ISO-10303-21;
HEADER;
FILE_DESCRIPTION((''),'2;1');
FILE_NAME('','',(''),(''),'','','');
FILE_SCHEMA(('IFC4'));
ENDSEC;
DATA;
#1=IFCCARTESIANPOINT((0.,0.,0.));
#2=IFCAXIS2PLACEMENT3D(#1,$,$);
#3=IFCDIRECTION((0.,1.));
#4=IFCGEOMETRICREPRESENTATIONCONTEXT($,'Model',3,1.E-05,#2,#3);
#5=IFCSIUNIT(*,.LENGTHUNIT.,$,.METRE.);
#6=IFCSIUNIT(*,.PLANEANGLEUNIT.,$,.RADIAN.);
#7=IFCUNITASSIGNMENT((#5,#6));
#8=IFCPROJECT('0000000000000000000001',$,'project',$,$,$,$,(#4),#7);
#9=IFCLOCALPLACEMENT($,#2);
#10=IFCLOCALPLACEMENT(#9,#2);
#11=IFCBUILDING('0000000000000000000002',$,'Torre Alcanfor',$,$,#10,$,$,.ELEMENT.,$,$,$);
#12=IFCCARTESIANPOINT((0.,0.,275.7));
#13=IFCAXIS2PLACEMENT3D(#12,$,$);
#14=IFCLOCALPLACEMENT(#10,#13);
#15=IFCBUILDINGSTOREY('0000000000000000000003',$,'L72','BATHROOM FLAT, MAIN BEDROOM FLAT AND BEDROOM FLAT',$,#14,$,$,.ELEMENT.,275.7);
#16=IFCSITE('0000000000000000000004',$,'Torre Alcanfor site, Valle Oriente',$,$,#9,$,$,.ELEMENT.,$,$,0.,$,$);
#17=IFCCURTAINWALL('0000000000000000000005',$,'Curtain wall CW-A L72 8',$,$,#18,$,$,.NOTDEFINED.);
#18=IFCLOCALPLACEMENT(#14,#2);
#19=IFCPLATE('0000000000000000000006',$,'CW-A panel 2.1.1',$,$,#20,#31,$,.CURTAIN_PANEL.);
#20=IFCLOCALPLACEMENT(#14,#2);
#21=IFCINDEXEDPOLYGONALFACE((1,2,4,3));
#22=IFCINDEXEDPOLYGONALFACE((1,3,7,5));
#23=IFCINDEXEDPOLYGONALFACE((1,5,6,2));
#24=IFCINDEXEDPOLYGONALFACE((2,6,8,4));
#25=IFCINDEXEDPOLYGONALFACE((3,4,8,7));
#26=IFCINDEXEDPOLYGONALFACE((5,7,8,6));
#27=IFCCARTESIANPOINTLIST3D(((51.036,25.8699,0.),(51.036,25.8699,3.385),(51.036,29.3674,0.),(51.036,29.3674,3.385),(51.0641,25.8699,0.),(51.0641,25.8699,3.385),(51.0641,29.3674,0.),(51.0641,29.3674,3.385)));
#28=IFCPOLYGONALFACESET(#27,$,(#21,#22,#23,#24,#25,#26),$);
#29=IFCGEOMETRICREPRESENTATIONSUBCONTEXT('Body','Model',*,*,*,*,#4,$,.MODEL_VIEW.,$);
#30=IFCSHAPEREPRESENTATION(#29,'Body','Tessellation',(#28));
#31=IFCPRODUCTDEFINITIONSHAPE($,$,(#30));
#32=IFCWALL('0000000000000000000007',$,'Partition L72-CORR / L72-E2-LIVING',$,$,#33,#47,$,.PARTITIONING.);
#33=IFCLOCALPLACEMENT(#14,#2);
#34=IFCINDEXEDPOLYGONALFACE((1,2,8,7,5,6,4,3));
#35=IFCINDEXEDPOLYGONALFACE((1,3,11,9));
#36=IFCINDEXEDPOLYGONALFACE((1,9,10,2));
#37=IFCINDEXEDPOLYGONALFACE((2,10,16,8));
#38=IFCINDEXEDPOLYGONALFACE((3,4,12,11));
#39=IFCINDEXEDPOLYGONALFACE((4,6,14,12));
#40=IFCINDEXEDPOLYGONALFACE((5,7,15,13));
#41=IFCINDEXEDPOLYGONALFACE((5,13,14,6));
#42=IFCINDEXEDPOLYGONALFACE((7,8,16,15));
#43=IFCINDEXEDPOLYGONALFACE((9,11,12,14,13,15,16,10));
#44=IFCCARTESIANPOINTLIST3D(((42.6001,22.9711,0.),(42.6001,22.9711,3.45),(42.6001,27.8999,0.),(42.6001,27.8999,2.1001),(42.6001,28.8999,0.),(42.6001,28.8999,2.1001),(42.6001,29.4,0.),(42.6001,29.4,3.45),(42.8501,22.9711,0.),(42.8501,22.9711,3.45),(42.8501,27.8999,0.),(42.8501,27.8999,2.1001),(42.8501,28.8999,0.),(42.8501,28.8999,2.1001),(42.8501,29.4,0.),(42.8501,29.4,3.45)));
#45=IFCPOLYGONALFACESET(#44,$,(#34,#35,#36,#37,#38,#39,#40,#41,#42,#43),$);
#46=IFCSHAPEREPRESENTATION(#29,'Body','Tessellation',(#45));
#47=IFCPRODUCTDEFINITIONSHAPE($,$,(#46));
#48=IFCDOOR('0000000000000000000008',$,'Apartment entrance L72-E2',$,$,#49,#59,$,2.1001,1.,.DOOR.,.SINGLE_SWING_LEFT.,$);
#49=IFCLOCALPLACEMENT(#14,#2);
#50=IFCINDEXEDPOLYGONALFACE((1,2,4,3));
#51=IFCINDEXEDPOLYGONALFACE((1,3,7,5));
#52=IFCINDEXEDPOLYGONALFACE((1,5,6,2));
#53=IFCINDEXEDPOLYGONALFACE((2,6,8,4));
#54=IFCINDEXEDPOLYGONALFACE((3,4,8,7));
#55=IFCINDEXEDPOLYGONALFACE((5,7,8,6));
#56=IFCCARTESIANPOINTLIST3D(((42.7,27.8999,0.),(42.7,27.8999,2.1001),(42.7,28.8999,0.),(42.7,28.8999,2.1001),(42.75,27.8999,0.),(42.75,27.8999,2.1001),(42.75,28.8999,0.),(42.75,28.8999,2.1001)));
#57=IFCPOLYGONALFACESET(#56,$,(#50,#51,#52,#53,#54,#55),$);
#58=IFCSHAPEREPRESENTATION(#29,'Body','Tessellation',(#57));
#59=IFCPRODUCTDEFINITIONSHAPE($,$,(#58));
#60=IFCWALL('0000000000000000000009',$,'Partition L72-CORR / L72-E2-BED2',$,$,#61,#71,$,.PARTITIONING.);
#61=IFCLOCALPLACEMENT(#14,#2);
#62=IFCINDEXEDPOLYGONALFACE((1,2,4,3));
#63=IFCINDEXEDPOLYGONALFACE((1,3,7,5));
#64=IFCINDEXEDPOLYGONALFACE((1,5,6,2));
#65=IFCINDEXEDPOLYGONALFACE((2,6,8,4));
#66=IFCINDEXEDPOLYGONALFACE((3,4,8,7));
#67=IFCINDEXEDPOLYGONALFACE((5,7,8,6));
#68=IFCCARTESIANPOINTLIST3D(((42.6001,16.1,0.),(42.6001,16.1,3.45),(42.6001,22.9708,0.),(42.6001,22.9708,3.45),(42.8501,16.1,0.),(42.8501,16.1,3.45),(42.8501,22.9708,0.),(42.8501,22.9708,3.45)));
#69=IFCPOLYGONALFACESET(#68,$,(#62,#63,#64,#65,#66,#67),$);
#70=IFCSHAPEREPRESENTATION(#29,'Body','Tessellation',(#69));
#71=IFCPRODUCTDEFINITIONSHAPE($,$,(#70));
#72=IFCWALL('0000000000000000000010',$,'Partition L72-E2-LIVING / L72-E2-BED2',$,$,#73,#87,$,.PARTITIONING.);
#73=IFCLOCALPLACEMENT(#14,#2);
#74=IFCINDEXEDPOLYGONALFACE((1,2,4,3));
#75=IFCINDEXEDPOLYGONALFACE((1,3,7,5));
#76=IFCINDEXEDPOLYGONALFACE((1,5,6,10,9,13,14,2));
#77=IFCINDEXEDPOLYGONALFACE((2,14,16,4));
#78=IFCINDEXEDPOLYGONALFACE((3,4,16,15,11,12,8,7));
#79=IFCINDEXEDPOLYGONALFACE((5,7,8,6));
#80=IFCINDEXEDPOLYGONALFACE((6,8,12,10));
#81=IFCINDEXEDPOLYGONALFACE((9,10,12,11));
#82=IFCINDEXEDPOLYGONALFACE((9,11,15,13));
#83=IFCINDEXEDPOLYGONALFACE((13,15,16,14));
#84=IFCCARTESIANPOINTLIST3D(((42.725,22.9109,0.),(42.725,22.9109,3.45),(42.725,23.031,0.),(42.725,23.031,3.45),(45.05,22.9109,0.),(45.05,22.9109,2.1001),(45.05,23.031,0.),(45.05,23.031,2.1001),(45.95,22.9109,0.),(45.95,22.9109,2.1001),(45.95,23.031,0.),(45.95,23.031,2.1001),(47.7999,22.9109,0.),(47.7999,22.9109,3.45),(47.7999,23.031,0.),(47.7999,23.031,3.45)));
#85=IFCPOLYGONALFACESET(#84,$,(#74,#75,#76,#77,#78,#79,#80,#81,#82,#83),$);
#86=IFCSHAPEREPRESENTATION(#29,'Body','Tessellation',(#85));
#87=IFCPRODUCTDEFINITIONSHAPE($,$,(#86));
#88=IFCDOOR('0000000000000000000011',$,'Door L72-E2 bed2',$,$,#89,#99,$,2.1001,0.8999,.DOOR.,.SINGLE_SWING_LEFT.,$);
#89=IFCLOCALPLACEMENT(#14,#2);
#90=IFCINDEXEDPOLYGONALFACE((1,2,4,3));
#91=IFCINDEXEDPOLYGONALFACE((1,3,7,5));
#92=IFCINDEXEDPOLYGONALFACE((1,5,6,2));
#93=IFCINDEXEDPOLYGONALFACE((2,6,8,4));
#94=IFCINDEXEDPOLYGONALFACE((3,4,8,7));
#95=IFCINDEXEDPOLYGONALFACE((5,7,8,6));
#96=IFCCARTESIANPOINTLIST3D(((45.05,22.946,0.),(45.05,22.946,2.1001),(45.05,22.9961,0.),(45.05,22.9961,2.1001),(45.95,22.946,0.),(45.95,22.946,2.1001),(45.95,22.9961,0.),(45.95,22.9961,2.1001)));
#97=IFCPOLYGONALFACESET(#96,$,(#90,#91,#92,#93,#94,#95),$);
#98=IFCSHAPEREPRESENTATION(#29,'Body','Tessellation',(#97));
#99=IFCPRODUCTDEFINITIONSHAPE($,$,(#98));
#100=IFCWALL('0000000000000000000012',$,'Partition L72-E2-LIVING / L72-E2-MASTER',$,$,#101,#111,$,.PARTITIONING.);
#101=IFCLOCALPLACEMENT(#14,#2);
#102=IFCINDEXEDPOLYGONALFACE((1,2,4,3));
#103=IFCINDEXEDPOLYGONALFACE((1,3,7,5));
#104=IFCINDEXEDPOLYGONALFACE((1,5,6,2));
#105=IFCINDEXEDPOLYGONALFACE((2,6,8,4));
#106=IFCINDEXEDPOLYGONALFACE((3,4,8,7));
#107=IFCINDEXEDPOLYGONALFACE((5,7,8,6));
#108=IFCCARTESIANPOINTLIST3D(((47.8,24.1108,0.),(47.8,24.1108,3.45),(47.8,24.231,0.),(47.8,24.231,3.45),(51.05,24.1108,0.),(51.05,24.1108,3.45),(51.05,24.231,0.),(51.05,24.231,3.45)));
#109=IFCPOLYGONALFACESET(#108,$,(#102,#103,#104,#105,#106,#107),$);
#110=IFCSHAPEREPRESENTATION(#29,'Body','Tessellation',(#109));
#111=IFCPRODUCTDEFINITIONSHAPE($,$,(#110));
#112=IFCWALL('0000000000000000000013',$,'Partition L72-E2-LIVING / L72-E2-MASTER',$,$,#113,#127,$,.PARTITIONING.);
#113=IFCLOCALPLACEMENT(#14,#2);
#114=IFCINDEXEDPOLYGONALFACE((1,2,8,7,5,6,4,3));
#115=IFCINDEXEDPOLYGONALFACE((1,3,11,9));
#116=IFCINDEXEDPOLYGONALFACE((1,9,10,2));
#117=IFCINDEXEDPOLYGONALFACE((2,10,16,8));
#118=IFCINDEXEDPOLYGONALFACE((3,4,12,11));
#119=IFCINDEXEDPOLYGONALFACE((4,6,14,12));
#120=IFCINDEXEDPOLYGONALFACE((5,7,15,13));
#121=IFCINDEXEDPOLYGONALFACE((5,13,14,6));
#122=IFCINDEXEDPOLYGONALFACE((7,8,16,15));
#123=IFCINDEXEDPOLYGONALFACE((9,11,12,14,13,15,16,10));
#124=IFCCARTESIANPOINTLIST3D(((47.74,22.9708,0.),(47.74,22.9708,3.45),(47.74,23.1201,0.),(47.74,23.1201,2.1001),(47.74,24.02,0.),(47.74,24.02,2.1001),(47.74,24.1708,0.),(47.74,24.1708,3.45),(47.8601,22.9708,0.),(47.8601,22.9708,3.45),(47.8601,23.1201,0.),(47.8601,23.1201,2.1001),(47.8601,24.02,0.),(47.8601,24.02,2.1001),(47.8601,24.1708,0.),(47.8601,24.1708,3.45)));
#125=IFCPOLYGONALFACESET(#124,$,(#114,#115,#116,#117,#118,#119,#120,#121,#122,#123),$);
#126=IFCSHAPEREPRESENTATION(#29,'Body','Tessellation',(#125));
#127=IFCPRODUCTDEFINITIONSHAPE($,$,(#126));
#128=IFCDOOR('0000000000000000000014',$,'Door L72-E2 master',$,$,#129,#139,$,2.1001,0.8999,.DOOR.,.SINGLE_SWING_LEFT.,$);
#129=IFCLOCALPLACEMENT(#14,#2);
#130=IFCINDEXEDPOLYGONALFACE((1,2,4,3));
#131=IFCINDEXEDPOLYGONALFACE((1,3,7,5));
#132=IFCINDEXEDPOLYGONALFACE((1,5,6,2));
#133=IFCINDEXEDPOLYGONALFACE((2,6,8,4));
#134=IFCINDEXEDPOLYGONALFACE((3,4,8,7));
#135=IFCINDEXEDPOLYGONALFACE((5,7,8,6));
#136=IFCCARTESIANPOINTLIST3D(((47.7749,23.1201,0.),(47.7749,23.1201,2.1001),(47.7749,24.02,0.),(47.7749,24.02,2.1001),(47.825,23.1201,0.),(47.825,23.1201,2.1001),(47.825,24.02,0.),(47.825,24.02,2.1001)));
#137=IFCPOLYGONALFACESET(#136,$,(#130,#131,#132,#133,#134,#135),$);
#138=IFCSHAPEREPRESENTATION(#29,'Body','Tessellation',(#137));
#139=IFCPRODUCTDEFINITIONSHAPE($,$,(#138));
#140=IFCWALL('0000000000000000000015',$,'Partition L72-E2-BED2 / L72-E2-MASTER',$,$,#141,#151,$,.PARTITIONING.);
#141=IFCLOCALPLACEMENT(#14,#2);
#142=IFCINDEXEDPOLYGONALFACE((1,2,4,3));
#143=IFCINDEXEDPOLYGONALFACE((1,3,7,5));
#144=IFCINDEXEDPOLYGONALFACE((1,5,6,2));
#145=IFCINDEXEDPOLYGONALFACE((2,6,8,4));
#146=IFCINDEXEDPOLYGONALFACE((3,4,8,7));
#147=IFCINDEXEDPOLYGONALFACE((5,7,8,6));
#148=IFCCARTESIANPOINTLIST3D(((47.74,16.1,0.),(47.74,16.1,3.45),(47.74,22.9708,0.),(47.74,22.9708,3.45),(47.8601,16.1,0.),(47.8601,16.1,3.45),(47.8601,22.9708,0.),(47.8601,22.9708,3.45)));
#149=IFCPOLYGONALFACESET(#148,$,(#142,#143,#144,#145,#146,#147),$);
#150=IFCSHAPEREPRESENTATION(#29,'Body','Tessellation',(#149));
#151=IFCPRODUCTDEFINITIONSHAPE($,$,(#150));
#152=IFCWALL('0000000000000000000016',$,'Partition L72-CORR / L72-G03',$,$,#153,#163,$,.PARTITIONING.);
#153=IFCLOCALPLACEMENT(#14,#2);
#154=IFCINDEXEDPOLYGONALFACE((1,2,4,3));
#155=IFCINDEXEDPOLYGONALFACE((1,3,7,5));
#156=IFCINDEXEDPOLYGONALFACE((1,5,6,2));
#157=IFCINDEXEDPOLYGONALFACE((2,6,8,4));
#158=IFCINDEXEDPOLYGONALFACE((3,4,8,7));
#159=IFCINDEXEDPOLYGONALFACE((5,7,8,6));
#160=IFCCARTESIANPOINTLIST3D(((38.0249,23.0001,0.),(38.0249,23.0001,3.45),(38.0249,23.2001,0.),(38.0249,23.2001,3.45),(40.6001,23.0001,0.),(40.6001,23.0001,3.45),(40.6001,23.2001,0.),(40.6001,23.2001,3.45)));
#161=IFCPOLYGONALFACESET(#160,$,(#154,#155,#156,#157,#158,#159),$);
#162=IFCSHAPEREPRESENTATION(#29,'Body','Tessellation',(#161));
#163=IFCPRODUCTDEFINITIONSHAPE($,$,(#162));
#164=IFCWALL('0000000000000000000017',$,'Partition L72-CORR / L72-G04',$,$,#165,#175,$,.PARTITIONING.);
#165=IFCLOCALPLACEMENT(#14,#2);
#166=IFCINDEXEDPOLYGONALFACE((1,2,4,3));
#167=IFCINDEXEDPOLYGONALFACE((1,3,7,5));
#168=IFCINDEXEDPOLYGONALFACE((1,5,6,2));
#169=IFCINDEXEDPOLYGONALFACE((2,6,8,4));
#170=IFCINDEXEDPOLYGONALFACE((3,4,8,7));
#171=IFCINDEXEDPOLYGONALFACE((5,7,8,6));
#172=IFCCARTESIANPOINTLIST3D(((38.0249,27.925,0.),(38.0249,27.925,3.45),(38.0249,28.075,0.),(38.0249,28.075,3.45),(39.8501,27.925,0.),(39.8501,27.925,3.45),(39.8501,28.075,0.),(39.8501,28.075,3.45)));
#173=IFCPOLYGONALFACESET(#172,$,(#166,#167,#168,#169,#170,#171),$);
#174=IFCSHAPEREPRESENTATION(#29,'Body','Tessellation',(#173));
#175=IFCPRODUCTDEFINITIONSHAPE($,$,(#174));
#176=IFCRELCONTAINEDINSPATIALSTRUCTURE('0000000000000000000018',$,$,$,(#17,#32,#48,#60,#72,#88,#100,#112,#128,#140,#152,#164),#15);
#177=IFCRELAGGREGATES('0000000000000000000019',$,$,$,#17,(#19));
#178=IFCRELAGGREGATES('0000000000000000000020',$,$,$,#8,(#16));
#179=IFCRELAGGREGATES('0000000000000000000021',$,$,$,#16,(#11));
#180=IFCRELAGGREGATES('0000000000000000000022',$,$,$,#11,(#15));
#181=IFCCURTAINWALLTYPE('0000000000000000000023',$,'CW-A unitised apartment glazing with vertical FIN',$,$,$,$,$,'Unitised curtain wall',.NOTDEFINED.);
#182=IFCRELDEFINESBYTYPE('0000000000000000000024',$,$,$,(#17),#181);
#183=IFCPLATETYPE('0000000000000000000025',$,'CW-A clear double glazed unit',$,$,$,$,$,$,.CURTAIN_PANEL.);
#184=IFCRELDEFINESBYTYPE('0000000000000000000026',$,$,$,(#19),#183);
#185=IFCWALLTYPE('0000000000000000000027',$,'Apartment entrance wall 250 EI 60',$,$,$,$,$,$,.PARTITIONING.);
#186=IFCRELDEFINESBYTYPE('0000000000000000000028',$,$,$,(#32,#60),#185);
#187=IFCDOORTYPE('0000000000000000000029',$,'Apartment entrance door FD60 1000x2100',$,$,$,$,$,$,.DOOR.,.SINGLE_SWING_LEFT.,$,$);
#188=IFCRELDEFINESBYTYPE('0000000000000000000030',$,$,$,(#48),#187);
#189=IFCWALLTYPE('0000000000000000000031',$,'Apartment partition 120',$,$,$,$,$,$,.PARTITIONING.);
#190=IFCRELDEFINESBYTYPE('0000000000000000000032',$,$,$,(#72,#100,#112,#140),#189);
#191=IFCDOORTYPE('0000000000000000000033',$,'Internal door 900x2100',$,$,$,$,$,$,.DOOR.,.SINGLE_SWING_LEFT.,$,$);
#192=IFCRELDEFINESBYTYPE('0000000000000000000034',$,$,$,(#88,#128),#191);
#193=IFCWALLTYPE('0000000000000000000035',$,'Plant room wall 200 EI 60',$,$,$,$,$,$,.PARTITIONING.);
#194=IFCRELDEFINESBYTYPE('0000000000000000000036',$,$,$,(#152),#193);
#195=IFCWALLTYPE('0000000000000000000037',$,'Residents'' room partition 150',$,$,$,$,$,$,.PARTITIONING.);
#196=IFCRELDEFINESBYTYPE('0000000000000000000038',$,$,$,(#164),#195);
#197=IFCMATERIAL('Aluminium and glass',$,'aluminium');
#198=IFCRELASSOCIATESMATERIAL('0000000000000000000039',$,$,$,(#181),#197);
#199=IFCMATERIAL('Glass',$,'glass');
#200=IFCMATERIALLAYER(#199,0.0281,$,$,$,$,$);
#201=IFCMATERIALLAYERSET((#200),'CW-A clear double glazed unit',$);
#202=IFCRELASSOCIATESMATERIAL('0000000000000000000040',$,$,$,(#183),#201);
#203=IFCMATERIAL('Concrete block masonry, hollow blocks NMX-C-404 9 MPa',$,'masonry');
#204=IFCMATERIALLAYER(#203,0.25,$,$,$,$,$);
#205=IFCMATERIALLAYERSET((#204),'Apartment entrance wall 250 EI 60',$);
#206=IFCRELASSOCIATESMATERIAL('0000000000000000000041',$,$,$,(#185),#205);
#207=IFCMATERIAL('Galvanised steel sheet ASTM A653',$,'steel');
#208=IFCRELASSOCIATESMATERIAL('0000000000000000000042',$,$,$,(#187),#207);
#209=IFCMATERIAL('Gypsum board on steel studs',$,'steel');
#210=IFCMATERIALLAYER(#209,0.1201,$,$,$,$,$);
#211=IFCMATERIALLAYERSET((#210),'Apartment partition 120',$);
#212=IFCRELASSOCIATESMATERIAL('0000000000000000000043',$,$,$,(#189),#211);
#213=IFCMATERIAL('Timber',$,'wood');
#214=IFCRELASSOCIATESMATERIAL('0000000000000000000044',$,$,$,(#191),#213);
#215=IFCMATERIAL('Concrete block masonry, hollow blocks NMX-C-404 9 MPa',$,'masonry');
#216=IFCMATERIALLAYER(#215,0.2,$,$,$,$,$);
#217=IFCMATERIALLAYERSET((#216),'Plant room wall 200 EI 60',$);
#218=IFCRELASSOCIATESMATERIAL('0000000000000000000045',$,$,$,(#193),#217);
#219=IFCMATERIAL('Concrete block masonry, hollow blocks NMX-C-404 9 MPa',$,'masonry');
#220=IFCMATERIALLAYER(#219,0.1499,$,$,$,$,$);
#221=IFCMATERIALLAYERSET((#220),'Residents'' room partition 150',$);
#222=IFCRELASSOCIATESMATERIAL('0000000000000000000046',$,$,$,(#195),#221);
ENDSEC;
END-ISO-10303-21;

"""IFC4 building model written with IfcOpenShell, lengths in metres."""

from ifc_helpers import new_model, si_unit, direction, frame, frame_2d, origin, origin_2d, place, context, subcontext, project, spatial, rectangle, extrude, material, layer, layer_set, type_object, element, fill, aggregate, save


model = new_model("IFC4")

# Units and contexts
model_context = context("Model", 3, precision=1e-05, world=origin(), true_north=direction((0.0, 1.0)))
body_context = subcontext(model_context, "Body", "Model", "MODEL_VIEW")
ifc_project = project(units=[si_unit("LENGTHUNIT", "METRE"), si_unit("PLANEANGLEUNIT", "RADIAN")], contexts=[model_context])

# Site, building, storey
site_placement = place(None, origin())
site = spatial("IfcSite", under=ifc_project, at=site_placement, Name="Torre Alcanfor site, Valle Oriente", CompositionType="ELEMENT", RefElevation=0.0)
building_placement = place(site_placement, origin())
building = spatial("IfcBuilding", under=site, at=building_placement, Name="Torre Alcanfor", CompositionType="ELEMENT")
storey_placement = place(building_placement, frame((0.0, 0.0, 275.7)))
storey = spatial("IfcBuildingStorey", under=building, at=storey_placement, Name="L72", Description="BATHROOM FLAT, MAIN BEDROOM FLAT AND BEDROOM FLAT", CompositionType="ELEMENT", Elevation=275.7)

# Curtain wall
ifc_material_1 = material(Name="Aluminium and glass", Category="aluminium")
curtain_wall_type = type_object("IfcCurtainWallType", Name="CW-A unitised apartment glazing with vertical FIN", ElementType="Unitised curtain wall", PredefinedType="NOTDEFINED", material=ifc_material_1)
curtain_wall_placement = place(storey_placement, origin())
curtain_wall = element("IfcCurtainWall", 1, at=curtain_wall_placement, inside=storey, type_object=curtain_wall_type, Name="Curtain wall CW-A L72 8", PredefinedType="NOTDEFINED")

# Plate
ifc_material_2 = material(Name="Glass", Category="glass")
ifc_layer_1 = layer(ifc_material_2, 0.0281)
ifc_layer_set_1 = layer_set([ifc_layer_1], Name="CW-A clear double glazed unit")
plate_type = type_object("IfcPlateType", Name="CW-A clear double glazed unit", PredefinedType="CURTAIN_PANEL", material=ifc_layer_set_1)
plate_placement = place(storey_placement, frame((51.05, 27.6187, 0.0), z_axis=(0.0, 0.0, 1.0), x_axis=(0.0, 1.0, 0.0)))
plate = element("IfcPlate", 2, at=plate_placement, type_object=plate_type, Name="CW-A panel 2.1.1", PredefinedType="CURTAIN_PANEL", context=body_context, shape_type="SweptSolid", body=[
    extrude(rectangle(XDim=3.4976, YDim=0.0281, at=origin_2d()), origin(), (0.0, 0.0, 1.0), 3.385),
])
aggregate(curtain_wall, [plate])

# Wall, opening, door
ifc_material_3 = material(Name="Concrete block masonry, hollow blocks NMX-C-404 9 MPa", Category="masonry")
ifc_layer_2 = layer(ifc_material_3, 0.25)
ifc_layer_set_2 = layer_set([ifc_layer_2], Name="Apartment entrance wall 250 EI 60")
wall_type_1 = type_object("IfcWallType", Name="Apartment entrance wall 250 EI 60", PredefinedType="PARTITIONING", material=ifc_layer_set_2)
wall_1_placement = place(storey_placement, frame((42.7251, 29.3999, 0.0), z_axis=(0.0, 0.0, 1.0), x_axis=(0.0, -1.0, 0.0)))
wall_1 = element("IfcWall", 3, at=wall_1_placement, inside=storey, type_object=wall_type_1, Name="Partition L72-CORR / L72-E2-LIVING", PredefinedType="PARTITIONING", context=body_context, shape_type="SweptSolid", body=[
    extrude(rectangle(XDim=6.429, YDim=0.25, at=frame_2d((3.2144, 0.0))), origin(), (0.0, 0.0, 1.0), 3.45),
])
opening_1_placement = place(wall_1_placement, frame((0.5, 0.0, 0.0)))
opening_1 = element("IfcOpeningElement", 4, at=opening_1_placement, cuts=wall_1, PredefinedType="OPENING", context=body_context, shape_type="SweptSolid", body=[
    extrude(rectangle(XDim=1.0, YDim=2.1001, at=frame_2d((0.5, 1.05))), frame((0.0, 0.135, 0.0), z_axis=(0.0, -1.0, 0.0), x_axis=(1.0, 0.0, 0.0)), (0.0, 0.0, 1.0), 0.27),
])
ifc_material_4 = material(Name="Galvanised steel sheet ASTM A653", Category="steel")
door_type_1 = type_object("IfcDoorType", Name="Apartment entrance door FD60 1000x2100", OperationType="SINGLE_SWING_LEFT", PredefinedType="DOOR", material=ifc_material_4)
door_1_placement = place(opening_1_placement, origin())
door_1 = element("IfcDoor", 5, at=door_1_placement, inside=storey, type_object=door_type_1, Name="Apartment entrance L72-E2", OperationType="SINGLE_SWING_LEFT", OverallHeight=2.1001, OverallWidth=1.0, PredefinedType="DOOR", context=body_context, shape_type="SweptSolid", body=[
    extrude(rectangle(XDim=1.0, YDim=2.1001, at=frame_2d((0.5, 1.05))), frame((0.0, 0.0249, 0.0), z_axis=(0.0, -1.0, 0.0), x_axis=(1.0, 0.0, 0.0)), (0.0, 0.0, 1.0), 0.05),
])
fill(opening_1, door_1)

# Wall
wall_2_placement = place(storey_placement, frame((42.7251, 22.9709, 0.0), z_axis=(0.0, 0.0, 1.0), x_axis=(0.0, -1.0, 0.0)))
element("IfcWall", 6, at=wall_2_placement, inside=storey, type_object=wall_type_1, Name="Partition L72-CORR / L72-E2-BED2", PredefinedType="PARTITIONING", context=body_context, shape_type="SweptSolid", body=[
    extrude(rectangle(XDim=6.8708, YDim=0.25, at=frame_2d((3.4355, 0.0))), origin(), (0.0, 0.0, 1.0), 3.45),
])

# Wall, opening, door
ifc_material_5 = material(Name="Gypsum board on steel studs", Category="steel")
ifc_layer_3 = layer(ifc_material_5, 0.1201)
ifc_layer_set_3 = layer_set([ifc_layer_3], Name="Apartment partition 120")
wall_type_2 = type_object("IfcWallType", Name="Apartment partition 120", PredefinedType="PARTITIONING", material=ifc_layer_set_3)
wall_3_placement = place(storey_placement, frame((47.8, 22.9709, 0.0), z_axis=(0.0, 0.0, 1.0), x_axis=(-1.0, 0.0, 0.0)))
wall_3 = element("IfcWall", 7, at=wall_3_placement, inside=storey, type_object=wall_type_2, Name="Partition L72-E2-LIVING / L72-E2-BED2", PredefinedType="PARTITIONING", context=body_context, shape_type="SweptSolid", body=[
    extrude(rectangle(XDim=5.075, YDim=0.1201, at=frame_2d((2.5376, 0.0))), origin(), (0.0, 0.0, 1.0), 3.45),
])
opening_2_placement = place(wall_3_placement, frame((1.8501, 0.0, 0.0)))
opening_2 = element("IfcOpeningElement", 8, at=opening_2_placement, cuts=wall_3, PredefinedType="OPENING", context=body_context, shape_type="SweptSolid", body=[
    extrude(rectangle(XDim=0.8999, YDim=2.1001, at=frame_2d((0.45, 1.05))), frame((0.0, 0.0701, 0.0), z_axis=(0.0, -1.0, 0.0), x_axis=(1.0, 0.0, 0.0)), (0.0, 0.0, 1.0), 0.1401),
])
ifc_material_6 = material(Name="Timber", Category="wood")
door_type_2 = type_object("IfcDoorType", Name="Internal door 900x2100", OperationType="SINGLE_SWING_LEFT", PredefinedType="DOOR", material=ifc_material_6)
door_2_placement = place(opening_2_placement, origin())
door_2 = element("IfcDoor", 9, at=door_2_placement, inside=storey, type_object=door_type_2, Name="Door L72-E2 bed2", OperationType="SINGLE_SWING_LEFT", OverallHeight=2.1001, OverallWidth=0.8999, PredefinedType="DOOR", context=body_context, shape_type="SweptSolid", body=[
    extrude(rectangle(XDim=0.8999, YDim=2.1001, at=frame_2d((0.45, 1.05))), frame((0.0, 0.0249, 0.0), z_axis=(0.0, -1.0, 0.0), x_axis=(1.0, 0.0, 0.0)), (0.0, 0.0, 1.0), 0.05),
])
fill(opening_2, door_2)

# Wall
wall_4_placement = place(storey_placement, frame((51.05, 24.1709, 0.0), z_axis=(0.0, 0.0, 1.0), x_axis=(-1.0, 0.0, 0.0)))
element("IfcWall", 10, at=wall_4_placement, inside=storey, type_object=wall_type_2, Name="Partition L72-E2-LIVING / L72-E2-MASTER", PredefinedType="PARTITIONING", context=body_context, shape_type="SweptSolid", body=[
    extrude(rectangle(XDim=3.25, YDim=0.1201, at=frame_2d((1.625, 0.0))), origin(), (0.0, 0.0, 1.0), 3.45),
])

# Wall, opening, door
wall_5_placement = place(storey_placement, frame((47.8, 24.1709, 0.0), z_axis=(0.0, 0.0, 1.0), x_axis=(0.0, -1.0, 0.0)))
wall_5 = element("IfcWall", 11, at=wall_5_placement, inside=storey, type_object=wall_type_2, Name="Partition L72-E2-LIVING / L72-E2-MASTER", PredefinedType="PARTITIONING", context=body_context, shape_type="SweptSolid", body=[
    extrude(rectangle(XDim=1.2, YDim=0.1201, at=frame_2d((0.6001, 0.0))), origin(), (0.0, 0.0, 1.0), 3.45),
])
opening_3_placement = place(wall_5_placement, frame((0.1509, 0.0, 0.0)))
opening_3 = element("IfcOpeningElement", 12, at=opening_3_placement, cuts=wall_5, PredefinedType="OPENING", context=body_context, shape_type="SweptSolid", body=[
    extrude(rectangle(XDim=0.8999, YDim=2.1001, at=frame_2d((0.45, 1.05))), frame((0.0, 0.0701, 0.0), z_axis=(0.0, -1.0, 0.0), x_axis=(1.0, 0.0, 0.0)), (0.0, 0.0, 1.0), 0.1401),
])
door_3_placement = place(opening_3_placement, origin())
door_3 = element("IfcDoor", 13, at=door_3_placement, inside=storey, type_object=door_type_2, Name="Door L72-E2 master", OperationType="SINGLE_SWING_LEFT", OverallHeight=2.1001, OverallWidth=0.8999, PredefinedType="DOOR", context=body_context, shape_type="SweptSolid", body=[
    extrude(rectangle(XDim=0.8999, YDim=2.1001, at=frame_2d((0.45, 1.05))), frame((0.0, 0.0249, 0.0), z_axis=(0.0, -1.0, 0.0), x_axis=(1.0, 0.0, 0.0)), (0.0, 0.0, 1.0), 0.05),
])
fill(opening_3, door_3)

# Walls
wall_6_placement = place(storey_placement, frame((47.8, 22.9709, 0.0), z_axis=(0.0, 0.0, 1.0), x_axis=(0.0, -1.0, 0.0)))
element("IfcWall", 14, at=wall_6_placement, inside=storey, type_object=wall_type_2, Name="Partition L72-E2-BED2 / L72-E2-MASTER", PredefinedType="PARTITIONING", context=body_context, shape_type="SweptSolid", body=[
    extrude(rectangle(XDim=6.8708, YDim=0.1201, at=frame_2d((3.4355, 0.0))), origin(), (0.0, 0.0, 1.0), 3.45),
])
ifc_material_7 = material(Name="Concrete block masonry, hollow blocks NMX-C-404 9 MPa", Category="masonry")
ifc_layer_4 = layer(ifc_material_7, 0.2)
ifc_layer_set_4 = layer_set([ifc_layer_4], Name="Plant room wall 200 EI 60")
wall_type_3 = type_object("IfcWallType", Name="Plant room wall 200 EI 60", PredefinedType="PARTITIONING", material=ifc_layer_set_4)
wall_7_placement = place(storey_placement, frame((40.6001, 23.1001, 0.0), z_axis=(0.0, 0.0, 1.0), x_axis=(-1.0, 0.0, 0.0)))
element("IfcWall", 15, at=wall_7_placement, inside=storey, type_object=wall_type_3, Name="Partition L72-CORR / L72-G03", PredefinedType="PARTITIONING", context=body_context, shape_type="SweptSolid", body=[
    extrude(rectangle(XDim=2.5752, YDim=0.2, at=frame_2d((1.2876, 0.0))), origin(), (0.0, 0.0, 1.0), 3.45),
])
ifc_material_8 = material(Name="Concrete block masonry, hollow blocks NMX-C-404 9 MPa", Category="masonry")
ifc_layer_5 = layer(ifc_material_8, 0.1499)
ifc_layer_set_5 = layer_set([ifc_layer_5], Name="Residents' room partition 150")
wall_type_4 = type_object("IfcWallType", Name="Residents' room partition 150", PredefinedType="PARTITIONING", material=ifc_layer_set_5)
wall_8_placement = place(storey_placement, frame((38.0249, 28.0, 0.0), z_axis=(0.0, 0.0, 1.0), x_axis=(1.0, 0.0, 0.0)))
element("IfcWall", 16, at=wall_8_placement, inside=storey, type_object=wall_type_4, Name="Partition L72-CORR / L72-G04", PredefinedType="PARTITIONING", context=body_context, shape_type="SweptSolid", body=[
    extrude(rectangle(XDim=1.8252, YDim=0.1499, at=frame_2d((0.9126, 0.0))), origin(), (0.0, 0.0, 1.0), 3.45),
])

save(model, "model.ifc")
